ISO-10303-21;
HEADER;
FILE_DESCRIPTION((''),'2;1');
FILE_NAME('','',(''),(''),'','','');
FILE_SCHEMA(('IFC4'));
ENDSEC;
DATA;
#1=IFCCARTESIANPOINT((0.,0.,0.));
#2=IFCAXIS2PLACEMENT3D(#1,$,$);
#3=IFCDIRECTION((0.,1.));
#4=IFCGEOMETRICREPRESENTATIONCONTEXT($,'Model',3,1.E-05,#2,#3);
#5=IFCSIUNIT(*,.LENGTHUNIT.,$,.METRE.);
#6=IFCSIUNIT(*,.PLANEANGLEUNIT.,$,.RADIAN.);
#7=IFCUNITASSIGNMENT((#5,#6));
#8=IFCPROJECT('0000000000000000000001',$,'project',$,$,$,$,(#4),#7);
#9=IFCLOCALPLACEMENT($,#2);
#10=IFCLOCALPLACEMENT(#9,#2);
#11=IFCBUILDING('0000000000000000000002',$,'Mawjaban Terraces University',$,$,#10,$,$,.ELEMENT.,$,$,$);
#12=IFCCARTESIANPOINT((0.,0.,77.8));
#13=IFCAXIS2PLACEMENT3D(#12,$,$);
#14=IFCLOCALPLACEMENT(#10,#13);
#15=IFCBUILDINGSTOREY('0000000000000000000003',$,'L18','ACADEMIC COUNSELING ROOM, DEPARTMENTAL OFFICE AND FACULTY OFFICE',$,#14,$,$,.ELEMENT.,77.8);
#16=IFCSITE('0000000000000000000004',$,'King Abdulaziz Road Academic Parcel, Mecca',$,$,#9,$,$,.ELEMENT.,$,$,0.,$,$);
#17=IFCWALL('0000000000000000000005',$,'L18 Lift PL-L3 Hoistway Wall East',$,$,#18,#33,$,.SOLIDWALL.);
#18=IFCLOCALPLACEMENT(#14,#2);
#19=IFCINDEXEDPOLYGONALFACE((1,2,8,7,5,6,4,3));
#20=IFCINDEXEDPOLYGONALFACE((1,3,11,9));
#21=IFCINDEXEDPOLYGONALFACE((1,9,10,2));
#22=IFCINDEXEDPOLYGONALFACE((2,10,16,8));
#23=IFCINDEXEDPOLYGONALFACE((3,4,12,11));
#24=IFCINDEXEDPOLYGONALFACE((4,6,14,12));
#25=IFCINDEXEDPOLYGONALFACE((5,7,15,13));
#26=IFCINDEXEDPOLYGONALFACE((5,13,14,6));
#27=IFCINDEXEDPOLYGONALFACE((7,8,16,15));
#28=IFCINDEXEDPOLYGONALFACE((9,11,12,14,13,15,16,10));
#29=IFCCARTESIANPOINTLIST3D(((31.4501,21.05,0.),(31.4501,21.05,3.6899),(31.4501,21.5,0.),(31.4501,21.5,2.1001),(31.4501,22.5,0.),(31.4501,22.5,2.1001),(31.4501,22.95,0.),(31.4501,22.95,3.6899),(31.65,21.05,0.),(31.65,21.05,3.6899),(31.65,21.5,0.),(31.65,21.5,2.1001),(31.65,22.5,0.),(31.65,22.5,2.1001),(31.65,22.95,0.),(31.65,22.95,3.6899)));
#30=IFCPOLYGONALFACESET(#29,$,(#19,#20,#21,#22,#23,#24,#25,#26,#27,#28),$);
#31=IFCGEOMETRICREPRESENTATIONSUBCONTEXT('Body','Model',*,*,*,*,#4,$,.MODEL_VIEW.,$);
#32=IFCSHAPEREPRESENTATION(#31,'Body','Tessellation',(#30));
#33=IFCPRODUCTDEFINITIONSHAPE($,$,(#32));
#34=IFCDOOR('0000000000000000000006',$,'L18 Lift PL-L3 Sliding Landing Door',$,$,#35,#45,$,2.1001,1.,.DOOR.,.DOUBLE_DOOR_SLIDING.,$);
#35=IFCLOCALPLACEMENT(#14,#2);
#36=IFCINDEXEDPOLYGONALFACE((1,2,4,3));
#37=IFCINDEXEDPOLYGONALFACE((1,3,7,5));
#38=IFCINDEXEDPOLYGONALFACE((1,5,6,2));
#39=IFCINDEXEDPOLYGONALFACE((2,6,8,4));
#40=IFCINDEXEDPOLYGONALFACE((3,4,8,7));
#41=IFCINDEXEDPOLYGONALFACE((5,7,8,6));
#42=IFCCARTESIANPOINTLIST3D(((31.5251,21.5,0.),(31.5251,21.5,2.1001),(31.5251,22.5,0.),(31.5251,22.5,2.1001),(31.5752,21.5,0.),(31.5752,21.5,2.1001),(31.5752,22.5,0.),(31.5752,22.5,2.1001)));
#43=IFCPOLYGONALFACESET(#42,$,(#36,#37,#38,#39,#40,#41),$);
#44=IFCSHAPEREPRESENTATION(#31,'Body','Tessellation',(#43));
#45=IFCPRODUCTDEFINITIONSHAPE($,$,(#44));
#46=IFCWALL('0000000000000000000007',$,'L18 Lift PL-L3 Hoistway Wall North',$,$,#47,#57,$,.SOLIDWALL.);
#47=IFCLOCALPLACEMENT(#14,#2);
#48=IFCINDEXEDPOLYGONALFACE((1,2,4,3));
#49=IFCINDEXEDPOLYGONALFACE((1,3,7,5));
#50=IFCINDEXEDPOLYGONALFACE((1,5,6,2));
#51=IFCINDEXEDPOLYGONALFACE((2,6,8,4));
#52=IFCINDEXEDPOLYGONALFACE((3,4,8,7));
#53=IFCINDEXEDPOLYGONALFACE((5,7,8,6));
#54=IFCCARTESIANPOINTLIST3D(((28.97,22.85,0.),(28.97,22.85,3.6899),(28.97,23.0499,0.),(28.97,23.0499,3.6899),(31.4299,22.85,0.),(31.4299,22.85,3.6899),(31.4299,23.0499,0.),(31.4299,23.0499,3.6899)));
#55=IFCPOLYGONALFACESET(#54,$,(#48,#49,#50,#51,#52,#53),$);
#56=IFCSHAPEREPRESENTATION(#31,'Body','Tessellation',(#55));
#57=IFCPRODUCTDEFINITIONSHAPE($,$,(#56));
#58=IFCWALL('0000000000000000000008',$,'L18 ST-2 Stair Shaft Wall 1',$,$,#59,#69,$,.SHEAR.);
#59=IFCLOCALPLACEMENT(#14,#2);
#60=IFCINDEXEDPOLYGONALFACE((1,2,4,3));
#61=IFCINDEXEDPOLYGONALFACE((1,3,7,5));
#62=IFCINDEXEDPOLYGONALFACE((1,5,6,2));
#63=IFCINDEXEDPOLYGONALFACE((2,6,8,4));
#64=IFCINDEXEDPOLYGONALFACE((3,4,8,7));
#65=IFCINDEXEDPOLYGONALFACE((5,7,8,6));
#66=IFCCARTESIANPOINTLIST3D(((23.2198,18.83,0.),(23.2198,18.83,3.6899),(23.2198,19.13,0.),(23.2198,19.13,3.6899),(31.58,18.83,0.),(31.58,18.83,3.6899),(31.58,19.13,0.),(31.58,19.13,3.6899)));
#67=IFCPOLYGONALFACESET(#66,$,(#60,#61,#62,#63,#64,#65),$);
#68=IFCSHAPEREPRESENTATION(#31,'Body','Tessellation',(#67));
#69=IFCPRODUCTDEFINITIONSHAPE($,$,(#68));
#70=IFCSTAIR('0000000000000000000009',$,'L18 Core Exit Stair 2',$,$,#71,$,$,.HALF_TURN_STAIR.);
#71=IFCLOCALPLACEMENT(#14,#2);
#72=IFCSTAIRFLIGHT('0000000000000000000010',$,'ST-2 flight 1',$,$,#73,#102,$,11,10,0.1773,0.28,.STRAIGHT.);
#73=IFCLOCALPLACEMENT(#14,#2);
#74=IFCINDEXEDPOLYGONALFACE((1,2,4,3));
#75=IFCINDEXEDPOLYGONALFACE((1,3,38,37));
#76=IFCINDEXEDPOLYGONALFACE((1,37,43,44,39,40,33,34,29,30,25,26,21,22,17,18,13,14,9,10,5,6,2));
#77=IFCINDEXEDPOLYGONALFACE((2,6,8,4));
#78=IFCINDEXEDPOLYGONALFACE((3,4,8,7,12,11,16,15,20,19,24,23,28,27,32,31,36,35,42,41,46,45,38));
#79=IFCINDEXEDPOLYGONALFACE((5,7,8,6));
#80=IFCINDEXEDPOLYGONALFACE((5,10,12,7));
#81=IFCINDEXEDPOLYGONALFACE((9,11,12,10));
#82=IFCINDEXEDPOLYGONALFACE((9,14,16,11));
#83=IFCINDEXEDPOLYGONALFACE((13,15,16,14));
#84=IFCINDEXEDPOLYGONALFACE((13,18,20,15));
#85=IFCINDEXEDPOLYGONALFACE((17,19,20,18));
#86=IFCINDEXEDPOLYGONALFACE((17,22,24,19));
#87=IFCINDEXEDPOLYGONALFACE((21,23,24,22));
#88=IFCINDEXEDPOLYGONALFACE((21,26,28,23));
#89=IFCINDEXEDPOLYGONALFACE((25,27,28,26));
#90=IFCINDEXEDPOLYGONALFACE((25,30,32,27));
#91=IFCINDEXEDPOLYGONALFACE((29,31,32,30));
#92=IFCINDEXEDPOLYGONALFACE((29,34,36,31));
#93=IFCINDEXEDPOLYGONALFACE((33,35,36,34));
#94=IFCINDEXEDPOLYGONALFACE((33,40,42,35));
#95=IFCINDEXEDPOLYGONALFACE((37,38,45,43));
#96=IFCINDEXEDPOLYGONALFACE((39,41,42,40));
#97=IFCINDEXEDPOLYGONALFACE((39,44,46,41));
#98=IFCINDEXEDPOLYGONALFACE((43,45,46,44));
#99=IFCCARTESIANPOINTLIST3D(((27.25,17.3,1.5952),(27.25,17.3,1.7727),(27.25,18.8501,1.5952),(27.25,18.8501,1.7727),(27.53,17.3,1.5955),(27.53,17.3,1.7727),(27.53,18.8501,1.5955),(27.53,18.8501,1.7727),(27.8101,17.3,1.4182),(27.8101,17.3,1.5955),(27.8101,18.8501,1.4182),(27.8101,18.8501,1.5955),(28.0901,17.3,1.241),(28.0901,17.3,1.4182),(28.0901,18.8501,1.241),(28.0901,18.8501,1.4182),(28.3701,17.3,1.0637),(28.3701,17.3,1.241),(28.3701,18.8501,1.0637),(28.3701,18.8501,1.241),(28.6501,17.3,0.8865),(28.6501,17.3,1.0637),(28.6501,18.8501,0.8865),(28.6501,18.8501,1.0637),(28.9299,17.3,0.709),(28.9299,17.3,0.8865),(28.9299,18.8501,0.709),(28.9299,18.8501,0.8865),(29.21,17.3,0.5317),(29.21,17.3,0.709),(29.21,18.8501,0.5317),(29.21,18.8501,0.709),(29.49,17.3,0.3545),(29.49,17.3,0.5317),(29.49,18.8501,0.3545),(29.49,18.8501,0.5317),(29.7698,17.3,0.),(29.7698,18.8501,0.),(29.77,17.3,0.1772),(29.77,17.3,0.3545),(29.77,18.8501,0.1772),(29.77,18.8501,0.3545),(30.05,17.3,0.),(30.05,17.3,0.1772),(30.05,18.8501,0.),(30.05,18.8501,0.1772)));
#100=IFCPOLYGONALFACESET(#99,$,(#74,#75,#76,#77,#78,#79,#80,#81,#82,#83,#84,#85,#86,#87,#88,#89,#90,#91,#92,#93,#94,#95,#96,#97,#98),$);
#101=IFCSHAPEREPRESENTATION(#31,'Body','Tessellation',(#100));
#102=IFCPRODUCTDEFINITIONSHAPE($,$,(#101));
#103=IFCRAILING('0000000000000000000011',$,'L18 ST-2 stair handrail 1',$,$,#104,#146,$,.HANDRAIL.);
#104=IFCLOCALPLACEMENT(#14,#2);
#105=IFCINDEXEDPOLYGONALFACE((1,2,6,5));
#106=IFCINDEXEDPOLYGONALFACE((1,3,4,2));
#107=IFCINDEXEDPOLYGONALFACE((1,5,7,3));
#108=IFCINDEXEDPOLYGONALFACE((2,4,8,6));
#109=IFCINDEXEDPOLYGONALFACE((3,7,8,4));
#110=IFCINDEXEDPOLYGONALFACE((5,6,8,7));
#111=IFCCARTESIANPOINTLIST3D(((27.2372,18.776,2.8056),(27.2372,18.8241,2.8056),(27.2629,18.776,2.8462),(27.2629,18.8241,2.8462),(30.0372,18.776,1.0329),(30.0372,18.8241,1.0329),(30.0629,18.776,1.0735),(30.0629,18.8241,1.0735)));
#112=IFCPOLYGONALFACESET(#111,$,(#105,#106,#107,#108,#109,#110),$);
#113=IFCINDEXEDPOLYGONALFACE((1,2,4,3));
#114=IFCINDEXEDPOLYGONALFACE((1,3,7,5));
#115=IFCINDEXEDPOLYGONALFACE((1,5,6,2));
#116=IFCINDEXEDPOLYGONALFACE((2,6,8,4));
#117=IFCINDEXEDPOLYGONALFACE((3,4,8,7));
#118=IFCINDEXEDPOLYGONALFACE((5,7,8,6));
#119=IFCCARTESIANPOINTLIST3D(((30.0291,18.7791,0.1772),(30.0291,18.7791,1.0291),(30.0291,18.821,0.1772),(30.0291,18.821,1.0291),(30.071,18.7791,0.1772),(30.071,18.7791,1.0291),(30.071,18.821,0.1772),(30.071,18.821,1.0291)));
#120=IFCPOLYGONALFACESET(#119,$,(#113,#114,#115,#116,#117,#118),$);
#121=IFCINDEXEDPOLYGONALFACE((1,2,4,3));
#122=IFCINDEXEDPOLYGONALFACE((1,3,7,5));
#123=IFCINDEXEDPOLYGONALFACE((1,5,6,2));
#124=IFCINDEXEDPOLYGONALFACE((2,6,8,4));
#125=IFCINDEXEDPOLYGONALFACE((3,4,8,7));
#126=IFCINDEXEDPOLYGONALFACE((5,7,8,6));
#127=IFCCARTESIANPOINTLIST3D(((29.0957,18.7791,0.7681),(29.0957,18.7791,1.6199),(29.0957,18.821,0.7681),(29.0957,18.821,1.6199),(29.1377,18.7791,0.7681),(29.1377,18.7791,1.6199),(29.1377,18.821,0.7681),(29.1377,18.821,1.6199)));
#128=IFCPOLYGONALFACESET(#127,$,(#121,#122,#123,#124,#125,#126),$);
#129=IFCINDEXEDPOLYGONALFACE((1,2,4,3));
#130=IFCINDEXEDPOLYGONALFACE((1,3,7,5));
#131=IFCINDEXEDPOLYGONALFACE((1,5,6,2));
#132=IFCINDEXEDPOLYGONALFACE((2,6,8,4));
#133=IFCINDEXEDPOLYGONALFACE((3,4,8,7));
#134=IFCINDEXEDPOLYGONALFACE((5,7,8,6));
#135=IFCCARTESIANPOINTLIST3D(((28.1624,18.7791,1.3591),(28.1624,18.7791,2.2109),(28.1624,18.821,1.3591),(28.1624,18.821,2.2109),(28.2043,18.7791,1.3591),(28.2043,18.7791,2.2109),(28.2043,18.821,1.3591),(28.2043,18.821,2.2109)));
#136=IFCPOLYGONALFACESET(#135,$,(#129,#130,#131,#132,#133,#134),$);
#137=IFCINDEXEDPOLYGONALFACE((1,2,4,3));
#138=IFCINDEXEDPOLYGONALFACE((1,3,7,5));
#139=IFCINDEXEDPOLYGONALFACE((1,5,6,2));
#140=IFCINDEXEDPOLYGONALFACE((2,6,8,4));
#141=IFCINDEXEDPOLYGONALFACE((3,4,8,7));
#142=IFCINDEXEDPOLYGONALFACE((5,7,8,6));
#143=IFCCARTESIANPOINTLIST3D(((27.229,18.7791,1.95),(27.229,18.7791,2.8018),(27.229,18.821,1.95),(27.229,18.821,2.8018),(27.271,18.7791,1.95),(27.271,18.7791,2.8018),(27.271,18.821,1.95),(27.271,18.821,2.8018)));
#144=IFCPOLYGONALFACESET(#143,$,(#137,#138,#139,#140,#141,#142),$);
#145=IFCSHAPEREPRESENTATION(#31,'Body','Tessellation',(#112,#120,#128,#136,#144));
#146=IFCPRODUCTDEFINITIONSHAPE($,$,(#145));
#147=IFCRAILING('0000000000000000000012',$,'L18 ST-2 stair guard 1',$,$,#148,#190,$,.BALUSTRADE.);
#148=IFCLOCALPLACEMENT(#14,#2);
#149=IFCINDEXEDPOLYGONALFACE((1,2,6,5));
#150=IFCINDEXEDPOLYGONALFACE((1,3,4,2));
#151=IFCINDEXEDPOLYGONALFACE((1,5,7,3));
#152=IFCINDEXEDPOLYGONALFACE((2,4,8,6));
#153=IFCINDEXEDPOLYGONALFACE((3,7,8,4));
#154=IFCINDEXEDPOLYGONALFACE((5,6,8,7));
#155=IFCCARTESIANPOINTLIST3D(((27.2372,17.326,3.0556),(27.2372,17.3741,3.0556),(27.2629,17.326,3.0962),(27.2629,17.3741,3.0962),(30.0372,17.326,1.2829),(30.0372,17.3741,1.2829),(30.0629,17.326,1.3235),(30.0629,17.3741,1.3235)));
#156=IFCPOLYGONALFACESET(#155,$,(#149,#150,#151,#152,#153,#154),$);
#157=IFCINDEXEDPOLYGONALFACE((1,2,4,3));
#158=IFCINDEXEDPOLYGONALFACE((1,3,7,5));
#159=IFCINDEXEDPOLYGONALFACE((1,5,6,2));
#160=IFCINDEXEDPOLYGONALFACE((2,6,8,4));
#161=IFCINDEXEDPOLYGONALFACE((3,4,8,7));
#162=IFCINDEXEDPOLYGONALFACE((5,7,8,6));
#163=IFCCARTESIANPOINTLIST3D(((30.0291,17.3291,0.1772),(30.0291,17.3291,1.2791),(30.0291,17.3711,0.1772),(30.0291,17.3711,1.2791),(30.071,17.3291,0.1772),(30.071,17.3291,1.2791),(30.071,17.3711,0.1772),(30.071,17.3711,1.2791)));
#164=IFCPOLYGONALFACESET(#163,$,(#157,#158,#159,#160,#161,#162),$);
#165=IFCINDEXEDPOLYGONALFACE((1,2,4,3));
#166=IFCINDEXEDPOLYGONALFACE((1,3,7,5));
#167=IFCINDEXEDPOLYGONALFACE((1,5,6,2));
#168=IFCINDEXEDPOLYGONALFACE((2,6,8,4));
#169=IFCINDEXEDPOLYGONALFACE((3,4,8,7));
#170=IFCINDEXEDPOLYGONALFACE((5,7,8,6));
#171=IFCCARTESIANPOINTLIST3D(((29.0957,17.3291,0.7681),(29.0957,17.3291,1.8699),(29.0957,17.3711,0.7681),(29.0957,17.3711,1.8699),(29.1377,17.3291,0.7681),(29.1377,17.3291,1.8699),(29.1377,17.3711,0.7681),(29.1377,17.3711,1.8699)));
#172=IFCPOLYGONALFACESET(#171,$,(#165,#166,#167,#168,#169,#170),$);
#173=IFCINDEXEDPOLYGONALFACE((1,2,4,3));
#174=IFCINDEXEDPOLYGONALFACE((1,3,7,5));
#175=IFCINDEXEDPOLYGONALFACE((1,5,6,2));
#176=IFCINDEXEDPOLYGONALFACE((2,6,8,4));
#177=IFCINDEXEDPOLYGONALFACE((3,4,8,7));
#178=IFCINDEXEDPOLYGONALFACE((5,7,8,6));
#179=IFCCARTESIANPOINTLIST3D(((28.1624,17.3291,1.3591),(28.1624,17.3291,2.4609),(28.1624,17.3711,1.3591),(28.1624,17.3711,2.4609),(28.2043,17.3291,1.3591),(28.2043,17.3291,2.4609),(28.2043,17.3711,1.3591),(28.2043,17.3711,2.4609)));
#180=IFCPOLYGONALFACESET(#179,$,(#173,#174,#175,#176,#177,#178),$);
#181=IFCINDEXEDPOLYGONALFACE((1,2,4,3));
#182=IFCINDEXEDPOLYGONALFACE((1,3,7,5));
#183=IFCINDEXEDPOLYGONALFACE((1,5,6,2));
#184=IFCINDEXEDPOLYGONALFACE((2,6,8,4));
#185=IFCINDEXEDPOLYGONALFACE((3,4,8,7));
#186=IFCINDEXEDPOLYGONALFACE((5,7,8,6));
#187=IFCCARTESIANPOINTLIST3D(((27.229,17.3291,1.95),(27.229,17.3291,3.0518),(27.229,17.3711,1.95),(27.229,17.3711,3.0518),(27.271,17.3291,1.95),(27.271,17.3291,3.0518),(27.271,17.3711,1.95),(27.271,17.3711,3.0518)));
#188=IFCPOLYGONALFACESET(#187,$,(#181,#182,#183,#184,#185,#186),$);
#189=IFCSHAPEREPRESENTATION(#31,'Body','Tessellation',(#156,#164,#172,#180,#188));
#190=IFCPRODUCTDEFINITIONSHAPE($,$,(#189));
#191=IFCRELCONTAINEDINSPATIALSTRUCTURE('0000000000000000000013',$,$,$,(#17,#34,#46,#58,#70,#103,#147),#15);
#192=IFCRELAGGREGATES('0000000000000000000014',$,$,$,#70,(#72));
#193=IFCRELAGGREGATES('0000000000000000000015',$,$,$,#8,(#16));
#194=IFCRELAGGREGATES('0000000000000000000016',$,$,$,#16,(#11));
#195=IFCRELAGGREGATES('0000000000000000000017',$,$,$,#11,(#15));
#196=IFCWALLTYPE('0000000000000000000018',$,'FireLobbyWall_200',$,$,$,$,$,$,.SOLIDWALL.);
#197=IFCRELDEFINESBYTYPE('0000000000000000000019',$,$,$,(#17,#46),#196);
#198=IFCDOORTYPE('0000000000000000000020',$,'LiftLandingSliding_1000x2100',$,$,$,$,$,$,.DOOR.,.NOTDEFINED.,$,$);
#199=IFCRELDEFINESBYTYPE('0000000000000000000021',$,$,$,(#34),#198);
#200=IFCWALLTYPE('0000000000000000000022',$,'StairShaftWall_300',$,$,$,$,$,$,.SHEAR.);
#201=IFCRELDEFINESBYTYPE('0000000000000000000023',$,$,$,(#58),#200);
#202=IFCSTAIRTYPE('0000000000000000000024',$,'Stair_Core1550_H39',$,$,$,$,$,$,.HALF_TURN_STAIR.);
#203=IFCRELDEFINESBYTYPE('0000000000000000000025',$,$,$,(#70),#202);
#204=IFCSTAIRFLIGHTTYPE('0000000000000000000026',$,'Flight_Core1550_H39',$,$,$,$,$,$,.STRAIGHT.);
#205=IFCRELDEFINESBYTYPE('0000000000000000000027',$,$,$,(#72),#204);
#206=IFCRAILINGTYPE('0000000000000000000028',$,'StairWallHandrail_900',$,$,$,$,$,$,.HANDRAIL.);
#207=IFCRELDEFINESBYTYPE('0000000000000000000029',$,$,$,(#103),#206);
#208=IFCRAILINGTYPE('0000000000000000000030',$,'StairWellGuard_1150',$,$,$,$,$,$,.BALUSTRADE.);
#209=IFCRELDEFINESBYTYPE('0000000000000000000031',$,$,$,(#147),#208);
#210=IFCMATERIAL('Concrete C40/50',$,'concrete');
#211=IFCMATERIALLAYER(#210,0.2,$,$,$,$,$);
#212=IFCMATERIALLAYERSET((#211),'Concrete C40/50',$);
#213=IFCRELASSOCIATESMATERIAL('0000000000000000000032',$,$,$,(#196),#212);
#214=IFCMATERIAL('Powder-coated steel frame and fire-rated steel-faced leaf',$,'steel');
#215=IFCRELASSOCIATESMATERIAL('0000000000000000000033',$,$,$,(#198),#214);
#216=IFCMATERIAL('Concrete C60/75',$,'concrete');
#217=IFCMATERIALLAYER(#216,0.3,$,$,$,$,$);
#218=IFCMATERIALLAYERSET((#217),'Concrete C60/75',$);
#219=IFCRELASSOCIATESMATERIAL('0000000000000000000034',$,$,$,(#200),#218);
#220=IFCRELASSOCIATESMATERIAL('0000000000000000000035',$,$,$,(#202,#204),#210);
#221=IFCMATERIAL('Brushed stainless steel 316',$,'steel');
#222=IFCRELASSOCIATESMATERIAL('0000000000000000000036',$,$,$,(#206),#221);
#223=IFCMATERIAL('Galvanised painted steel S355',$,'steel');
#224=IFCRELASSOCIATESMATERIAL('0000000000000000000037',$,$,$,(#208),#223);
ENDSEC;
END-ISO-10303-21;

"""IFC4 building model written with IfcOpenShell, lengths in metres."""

from ifc_helpers import new_model, si_unit, direction, frame, frame_2d, origin, origin_2d, place, context, subcontext, project, spatial, polyline, rectangle, outline, extrude, material, layer, layer_set, type_object, element, fill, aggregate, save


model = new_model("IFC4")

# Units and contexts
model_context = context("Model", 3, precision=1e-05, world=origin(), true_north=direction((0.0, 1.0)))
body_context = subcontext(model_context, "Body", "Model", "MODEL_VIEW")
ifc_project = project(units=[si_unit("LENGTHUNIT", "METRE"), si_unit("PLANEANGLEUNIT", "RADIAN")], contexts=[model_context])

# Site, building, storey
site_placement = place(None, origin())
site = spatial("IfcSite", under=ifc_project, at=site_placement, Name="King Abdulaziz Road Academic Parcel, Mecca", CompositionType="ELEMENT", RefElevation=0.0)
building_placement = place(site_placement, origin())
building = spatial("IfcBuilding", under=site, at=building_placement, Name="Mawjaban Terraces University", CompositionType="ELEMENT")
storey_placement = place(building_placement, frame((0.0, 0.0, 77.8)))
storey = spatial("IfcBuildingStorey", under=building, at=storey_placement, Name="L18", Description="ACADEMIC COUNSELING ROOM, DEPARTMENTAL OFFICE AND FACULTY OFFICE", CompositionType="ELEMENT", Elevation=77.8)

# Shared definitions
ifc_material_1 = material(Name="Concrete C40/50", Category="concrete")
ifc_layer_1 = layer(ifc_material_1, 0.2)
ifc_layer_set_1 = layer_set([ifc_layer_1], Name="Concrete C40/50")
wall_type_1 = type_object("IfcWallType", Name="FireLobbyWall_200", PredefinedType="SOLIDWALL", material=ifc_layer_set_1)

# Wall, opening, door
ifc_material_2 = material(Name="Powder-coated steel frame and fire-rated steel-faced leaf", Category="steel")
door_type_1 = type_object("IfcDoorType", Name="LiftLandingSliding_1000x2100", OperationType="NOTDEFINED", PredefinedType="DOOR", material=ifc_material_2)
wall_1_placement = place(storey_placement, frame((31.55, 21.05, 0.0), z_axis=(0.0, 0.0, 1.0), x_axis=(0.0, 1.0, 0.0)))
wall_1 = element("IfcWall", 1, at=wall_1_placement, inside=storey, type_object=wall_type_1, Name="L18 Lift PL-L3 Hoistway Wall East", PredefinedType="SOLIDWALL", context=body_context, shape_type="SweptSolid", body=[
    extrude(rectangle(XDim=1.8999, YDim=0.2, at=frame_2d((0.95, 0.0))), origin(), (0.0, 0.0, 1.0), 3.6899),
])
opening_1_placement = place(wall_1_placement, frame((0.45, 0.0, 0.0)))
opening_1 = element("IfcOpeningElement", 2, at=opening_1_placement, cuts=wall_1, PredefinedType="OPENING", context=body_context, shape_type="SweptSolid", body=[
    extrude(rectangle(XDim=1.0, YDim=2.1001, at=frame_2d((0.5, 1.05))), frame((0.0, 0.1099, 0.0), z_axis=(0.0, -1.0, 0.0), x_axis=(1.0, 0.0, 0.0)), (0.0, 0.0, 1.0), 0.22),
])
door_1_placement = place(opening_1_placement, origin())
door_1 = element("IfcDoor", 3, at=door_1_placement, inside=storey, type_object=door_type_1, Name="L18 Lift PL-L3 Sliding Landing Door", OperationType="DOUBLE_DOOR_SLIDING", OverallHeight=2.1001, OverallWidth=1.0, PredefinedType="DOOR", context=body_context, shape_type="SweptSolid", body=[
    extrude(rectangle(XDim=1.0, YDim=2.1001, at=frame_2d((0.5, 1.05))), frame((0.0, 0.0249, 0.0), z_axis=(0.0, -1.0, 0.0), x_axis=(1.0, 0.0, 0.0)), (0.0, 0.0, 1.0), 0.05),
])
fill(opening_1, door_1)

# Walls
wall_2_placement = place(storey_placement, frame((31.4299, 22.95, 0.0), z_axis=(0.0, 0.0, 1.0), x_axis=(-1.0, 0.0, 0.0)))
element("IfcWall", 4, at=wall_2_placement, inside=storey, type_object=wall_type_1, Name="L18 Lift PL-L3 Hoistway Wall North", PredefinedType="SOLIDWALL", context=body_context, shape_type="SweptSolid", body=[
    extrude(rectangle(XDim=2.46, YDim=0.2, at=frame_2d((1.23, 0.0))), origin(), (0.0, 0.0, 1.0), 3.6899),
])
ifc_material_3 = material(Name="Concrete C60/75", Category="concrete")
ifc_layer_2 = layer(ifc_material_3, 0.3)
ifc_layer_set_2 = layer_set([ifc_layer_2], Name="Concrete C60/75")
wall_type_2 = type_object("IfcWallType", Name="StairShaftWall_300", PredefinedType="SHEAR", material=ifc_layer_set_2)
wall_3_placement = place(storey_placement, frame((31.5801, 18.98, 0.0), z_axis=(0.0, 0.0, 1.0), x_axis=(-1.0, 0.0, 0.0)))
element("IfcWall", 5, at=wall_3_placement, inside=storey, type_object=wall_type_2, Name="L18 ST-2 Stair Shaft Wall 1", PredefinedType="SHEAR", context=body_context, shape_type="SweptSolid", body=[
    extrude(rectangle(XDim=8.3601, YDim=0.3, at=frame_2d((4.1802, 0.0))), origin(), (0.0, 0.0, 1.0), 3.6899),
])

# Stair, stair flight
stair_type = type_object("IfcStairType", Name="Stair_Core1550_H39", PredefinedType="HALF_TURN_STAIR", material=ifc_material_1)
stair_placement = place(storey_placement, origin())
stair = element("IfcStair", 6, at=stair_placement, inside=storey, type_object=stair_type, Name="L18 Core Exit Stair 2", PredefinedType="HALF_TURN_STAIR")
stair_flight_type = type_object("IfcStairFlightType", Name="Flight_Core1550_H39", PredefinedType="STRAIGHT", material=ifc_material_1)
stair_flight_placement = place(storey_placement, frame((30.05, 18.075, 0.0), z_axis=(0.0, 0.0, 1.0), x_axis=(-1.0, 0.0, 0.0)))
stair_flight = element("IfcStairFlight", 7, at=stair_flight_placement, type_object=stair_flight_type, Name="ST-2 flight 1", NumberOfRisers=11, NumberOfTreads=10, PredefinedType="STRAIGHT", RiserHeight=0.1773, TreadLength=0.28, context=body_context, shape_type="SweptSolid", body=[
    extrude(outline(polyline([(0.0, 0.0), (0.0, 0.1772), (0.28, 0.1772), (0.28, 0.3545), (0.5601, 0.3545), (0.5601, 0.5317), (0.8401, 0.5317), (0.8401, 0.709), (1.1201, 0.709), (1.1201, 0.8865), (1.3999, 0.8865), (1.3999, 1.0637), (1.6799, 1.0637), (1.6799, 1.241), (1.96, 1.241), (1.96, 1.4182), (2.24, 1.4182), (2.24, 1.5955), (2.52, 1.5955), (2.52, 1.7727), (2.8, 1.7727), (2.8, 1.95), (2.8, 1.5952), (0.2803, 0.0), (0.0, 0.0)])), frame((0.0, 0.7749, 0.0), z_axis=(0.0, -1.0, 0.0), x_axis=(1.0, 0.0, 0.0)), (0.0, 0.0, 1.0), 1.55),
])
aggregate(stair, [stair_flight])

# Railings
ifc_material_4 = material(Name="Brushed stainless steel 316", Category="steel")
railing_type_1 = type_object("IfcRailingType", Name="StairWallHandrail_900", PredefinedType="HANDRAIL", material=ifc_material_4)
railing_1_placement = place(storey_placement, frame((30.05, 18.8, 0.1772)))
element("IfcRailing", 8, at=railing_1_placement, inside=storey, type_object=railing_type_1, Name="L18 ST-2 stair handrail 1", PredefinedType="HANDRAIL", context=body_context, shape_type="SweptSolid", body=[
    extrude(rectangle(XDim=0.0481, YDim=0.0481, at=origin_2d()), frame((0.0, 0.0, 0.876), z_axis=(-0.844909, 0.0, 0.53491), x_axis=(0.0, -1.0, 0.0)), (0.0, 0.0, 1.0), 3.314),
    extrude(rectangle(XDim=0.042, YDim=0.042, at=origin_2d()), origin(), (0.0, 0.0, 1.0), 0.8518),
    extrude(rectangle(XDim=0.042, YDim=0.042, at=origin_2d()), frame((-0.9333, 0.0, 0.5908)), (0.0, 0.0, 1.0), 0.8518),
    extrude(rectangle(XDim=0.042, YDim=0.042, at=origin_2d()), frame((-1.8667, 0.0, 1.1819)), (0.0, 0.0, 1.0), 0.8518),
    extrude(rectangle(XDim=0.042, YDim=0.042, at=origin_2d()), frame((-2.8, 0.0, 1.7727)), (0.0, 0.0, 1.0), 0.8518),
])
ifc_material_5 = material(Name="Galvanised painted steel S355", Category="steel")
railing_type_2 = type_object("IfcRailingType", Name="StairWellGuard_1150", PredefinedType="BALUSTRADE", material=ifc_material_5)
railing_2_placement = place(storey_placement, frame((30.05, 17.3501, 0.1772)))
element("IfcRailing", 9, at=railing_2_placement, inside=storey, type_object=railing_type_2, Name="L18 ST-2 stair guard 1", PredefinedType="BALUSTRADE", context=body_context, shape_type="SweptSolid", body=[
    extrude(rectangle(XDim=0.0481, YDim=0.0481, at=origin_2d()), frame((0.0, 0.0, 1.126), z_axis=(-0.844909, 0.0, 0.53491), x_axis=(0.0, -1.0, 0.0)), (0.0, 0.0, 1.0), 3.314),
    extrude(rectangle(XDim=0.042, YDim=0.042, at=origin_2d()), origin(), (0.0, 0.0, 1.0), 1.1018),
    extrude(rectangle(XDim=0.042, YDim=0.042, at=origin_2d()), frame((-0.9333, 0.0, 0.5908)), (0.0, 0.0, 1.0), 1.1018),
    extrude(rectangle(XDim=0.042, YDim=0.042, at=origin_2d()), frame((-1.8667, 0.0, 1.1819)), (0.0, 0.0, 1.0), 1.1018),
    extrude(rectangle(XDim=0.042, YDim=0.042, at=origin_2d()), frame((-2.8, 0.0, 1.7727)), (0.0, 0.0, 1.0), 1.1018),
])

save(model, "model.ifc")
